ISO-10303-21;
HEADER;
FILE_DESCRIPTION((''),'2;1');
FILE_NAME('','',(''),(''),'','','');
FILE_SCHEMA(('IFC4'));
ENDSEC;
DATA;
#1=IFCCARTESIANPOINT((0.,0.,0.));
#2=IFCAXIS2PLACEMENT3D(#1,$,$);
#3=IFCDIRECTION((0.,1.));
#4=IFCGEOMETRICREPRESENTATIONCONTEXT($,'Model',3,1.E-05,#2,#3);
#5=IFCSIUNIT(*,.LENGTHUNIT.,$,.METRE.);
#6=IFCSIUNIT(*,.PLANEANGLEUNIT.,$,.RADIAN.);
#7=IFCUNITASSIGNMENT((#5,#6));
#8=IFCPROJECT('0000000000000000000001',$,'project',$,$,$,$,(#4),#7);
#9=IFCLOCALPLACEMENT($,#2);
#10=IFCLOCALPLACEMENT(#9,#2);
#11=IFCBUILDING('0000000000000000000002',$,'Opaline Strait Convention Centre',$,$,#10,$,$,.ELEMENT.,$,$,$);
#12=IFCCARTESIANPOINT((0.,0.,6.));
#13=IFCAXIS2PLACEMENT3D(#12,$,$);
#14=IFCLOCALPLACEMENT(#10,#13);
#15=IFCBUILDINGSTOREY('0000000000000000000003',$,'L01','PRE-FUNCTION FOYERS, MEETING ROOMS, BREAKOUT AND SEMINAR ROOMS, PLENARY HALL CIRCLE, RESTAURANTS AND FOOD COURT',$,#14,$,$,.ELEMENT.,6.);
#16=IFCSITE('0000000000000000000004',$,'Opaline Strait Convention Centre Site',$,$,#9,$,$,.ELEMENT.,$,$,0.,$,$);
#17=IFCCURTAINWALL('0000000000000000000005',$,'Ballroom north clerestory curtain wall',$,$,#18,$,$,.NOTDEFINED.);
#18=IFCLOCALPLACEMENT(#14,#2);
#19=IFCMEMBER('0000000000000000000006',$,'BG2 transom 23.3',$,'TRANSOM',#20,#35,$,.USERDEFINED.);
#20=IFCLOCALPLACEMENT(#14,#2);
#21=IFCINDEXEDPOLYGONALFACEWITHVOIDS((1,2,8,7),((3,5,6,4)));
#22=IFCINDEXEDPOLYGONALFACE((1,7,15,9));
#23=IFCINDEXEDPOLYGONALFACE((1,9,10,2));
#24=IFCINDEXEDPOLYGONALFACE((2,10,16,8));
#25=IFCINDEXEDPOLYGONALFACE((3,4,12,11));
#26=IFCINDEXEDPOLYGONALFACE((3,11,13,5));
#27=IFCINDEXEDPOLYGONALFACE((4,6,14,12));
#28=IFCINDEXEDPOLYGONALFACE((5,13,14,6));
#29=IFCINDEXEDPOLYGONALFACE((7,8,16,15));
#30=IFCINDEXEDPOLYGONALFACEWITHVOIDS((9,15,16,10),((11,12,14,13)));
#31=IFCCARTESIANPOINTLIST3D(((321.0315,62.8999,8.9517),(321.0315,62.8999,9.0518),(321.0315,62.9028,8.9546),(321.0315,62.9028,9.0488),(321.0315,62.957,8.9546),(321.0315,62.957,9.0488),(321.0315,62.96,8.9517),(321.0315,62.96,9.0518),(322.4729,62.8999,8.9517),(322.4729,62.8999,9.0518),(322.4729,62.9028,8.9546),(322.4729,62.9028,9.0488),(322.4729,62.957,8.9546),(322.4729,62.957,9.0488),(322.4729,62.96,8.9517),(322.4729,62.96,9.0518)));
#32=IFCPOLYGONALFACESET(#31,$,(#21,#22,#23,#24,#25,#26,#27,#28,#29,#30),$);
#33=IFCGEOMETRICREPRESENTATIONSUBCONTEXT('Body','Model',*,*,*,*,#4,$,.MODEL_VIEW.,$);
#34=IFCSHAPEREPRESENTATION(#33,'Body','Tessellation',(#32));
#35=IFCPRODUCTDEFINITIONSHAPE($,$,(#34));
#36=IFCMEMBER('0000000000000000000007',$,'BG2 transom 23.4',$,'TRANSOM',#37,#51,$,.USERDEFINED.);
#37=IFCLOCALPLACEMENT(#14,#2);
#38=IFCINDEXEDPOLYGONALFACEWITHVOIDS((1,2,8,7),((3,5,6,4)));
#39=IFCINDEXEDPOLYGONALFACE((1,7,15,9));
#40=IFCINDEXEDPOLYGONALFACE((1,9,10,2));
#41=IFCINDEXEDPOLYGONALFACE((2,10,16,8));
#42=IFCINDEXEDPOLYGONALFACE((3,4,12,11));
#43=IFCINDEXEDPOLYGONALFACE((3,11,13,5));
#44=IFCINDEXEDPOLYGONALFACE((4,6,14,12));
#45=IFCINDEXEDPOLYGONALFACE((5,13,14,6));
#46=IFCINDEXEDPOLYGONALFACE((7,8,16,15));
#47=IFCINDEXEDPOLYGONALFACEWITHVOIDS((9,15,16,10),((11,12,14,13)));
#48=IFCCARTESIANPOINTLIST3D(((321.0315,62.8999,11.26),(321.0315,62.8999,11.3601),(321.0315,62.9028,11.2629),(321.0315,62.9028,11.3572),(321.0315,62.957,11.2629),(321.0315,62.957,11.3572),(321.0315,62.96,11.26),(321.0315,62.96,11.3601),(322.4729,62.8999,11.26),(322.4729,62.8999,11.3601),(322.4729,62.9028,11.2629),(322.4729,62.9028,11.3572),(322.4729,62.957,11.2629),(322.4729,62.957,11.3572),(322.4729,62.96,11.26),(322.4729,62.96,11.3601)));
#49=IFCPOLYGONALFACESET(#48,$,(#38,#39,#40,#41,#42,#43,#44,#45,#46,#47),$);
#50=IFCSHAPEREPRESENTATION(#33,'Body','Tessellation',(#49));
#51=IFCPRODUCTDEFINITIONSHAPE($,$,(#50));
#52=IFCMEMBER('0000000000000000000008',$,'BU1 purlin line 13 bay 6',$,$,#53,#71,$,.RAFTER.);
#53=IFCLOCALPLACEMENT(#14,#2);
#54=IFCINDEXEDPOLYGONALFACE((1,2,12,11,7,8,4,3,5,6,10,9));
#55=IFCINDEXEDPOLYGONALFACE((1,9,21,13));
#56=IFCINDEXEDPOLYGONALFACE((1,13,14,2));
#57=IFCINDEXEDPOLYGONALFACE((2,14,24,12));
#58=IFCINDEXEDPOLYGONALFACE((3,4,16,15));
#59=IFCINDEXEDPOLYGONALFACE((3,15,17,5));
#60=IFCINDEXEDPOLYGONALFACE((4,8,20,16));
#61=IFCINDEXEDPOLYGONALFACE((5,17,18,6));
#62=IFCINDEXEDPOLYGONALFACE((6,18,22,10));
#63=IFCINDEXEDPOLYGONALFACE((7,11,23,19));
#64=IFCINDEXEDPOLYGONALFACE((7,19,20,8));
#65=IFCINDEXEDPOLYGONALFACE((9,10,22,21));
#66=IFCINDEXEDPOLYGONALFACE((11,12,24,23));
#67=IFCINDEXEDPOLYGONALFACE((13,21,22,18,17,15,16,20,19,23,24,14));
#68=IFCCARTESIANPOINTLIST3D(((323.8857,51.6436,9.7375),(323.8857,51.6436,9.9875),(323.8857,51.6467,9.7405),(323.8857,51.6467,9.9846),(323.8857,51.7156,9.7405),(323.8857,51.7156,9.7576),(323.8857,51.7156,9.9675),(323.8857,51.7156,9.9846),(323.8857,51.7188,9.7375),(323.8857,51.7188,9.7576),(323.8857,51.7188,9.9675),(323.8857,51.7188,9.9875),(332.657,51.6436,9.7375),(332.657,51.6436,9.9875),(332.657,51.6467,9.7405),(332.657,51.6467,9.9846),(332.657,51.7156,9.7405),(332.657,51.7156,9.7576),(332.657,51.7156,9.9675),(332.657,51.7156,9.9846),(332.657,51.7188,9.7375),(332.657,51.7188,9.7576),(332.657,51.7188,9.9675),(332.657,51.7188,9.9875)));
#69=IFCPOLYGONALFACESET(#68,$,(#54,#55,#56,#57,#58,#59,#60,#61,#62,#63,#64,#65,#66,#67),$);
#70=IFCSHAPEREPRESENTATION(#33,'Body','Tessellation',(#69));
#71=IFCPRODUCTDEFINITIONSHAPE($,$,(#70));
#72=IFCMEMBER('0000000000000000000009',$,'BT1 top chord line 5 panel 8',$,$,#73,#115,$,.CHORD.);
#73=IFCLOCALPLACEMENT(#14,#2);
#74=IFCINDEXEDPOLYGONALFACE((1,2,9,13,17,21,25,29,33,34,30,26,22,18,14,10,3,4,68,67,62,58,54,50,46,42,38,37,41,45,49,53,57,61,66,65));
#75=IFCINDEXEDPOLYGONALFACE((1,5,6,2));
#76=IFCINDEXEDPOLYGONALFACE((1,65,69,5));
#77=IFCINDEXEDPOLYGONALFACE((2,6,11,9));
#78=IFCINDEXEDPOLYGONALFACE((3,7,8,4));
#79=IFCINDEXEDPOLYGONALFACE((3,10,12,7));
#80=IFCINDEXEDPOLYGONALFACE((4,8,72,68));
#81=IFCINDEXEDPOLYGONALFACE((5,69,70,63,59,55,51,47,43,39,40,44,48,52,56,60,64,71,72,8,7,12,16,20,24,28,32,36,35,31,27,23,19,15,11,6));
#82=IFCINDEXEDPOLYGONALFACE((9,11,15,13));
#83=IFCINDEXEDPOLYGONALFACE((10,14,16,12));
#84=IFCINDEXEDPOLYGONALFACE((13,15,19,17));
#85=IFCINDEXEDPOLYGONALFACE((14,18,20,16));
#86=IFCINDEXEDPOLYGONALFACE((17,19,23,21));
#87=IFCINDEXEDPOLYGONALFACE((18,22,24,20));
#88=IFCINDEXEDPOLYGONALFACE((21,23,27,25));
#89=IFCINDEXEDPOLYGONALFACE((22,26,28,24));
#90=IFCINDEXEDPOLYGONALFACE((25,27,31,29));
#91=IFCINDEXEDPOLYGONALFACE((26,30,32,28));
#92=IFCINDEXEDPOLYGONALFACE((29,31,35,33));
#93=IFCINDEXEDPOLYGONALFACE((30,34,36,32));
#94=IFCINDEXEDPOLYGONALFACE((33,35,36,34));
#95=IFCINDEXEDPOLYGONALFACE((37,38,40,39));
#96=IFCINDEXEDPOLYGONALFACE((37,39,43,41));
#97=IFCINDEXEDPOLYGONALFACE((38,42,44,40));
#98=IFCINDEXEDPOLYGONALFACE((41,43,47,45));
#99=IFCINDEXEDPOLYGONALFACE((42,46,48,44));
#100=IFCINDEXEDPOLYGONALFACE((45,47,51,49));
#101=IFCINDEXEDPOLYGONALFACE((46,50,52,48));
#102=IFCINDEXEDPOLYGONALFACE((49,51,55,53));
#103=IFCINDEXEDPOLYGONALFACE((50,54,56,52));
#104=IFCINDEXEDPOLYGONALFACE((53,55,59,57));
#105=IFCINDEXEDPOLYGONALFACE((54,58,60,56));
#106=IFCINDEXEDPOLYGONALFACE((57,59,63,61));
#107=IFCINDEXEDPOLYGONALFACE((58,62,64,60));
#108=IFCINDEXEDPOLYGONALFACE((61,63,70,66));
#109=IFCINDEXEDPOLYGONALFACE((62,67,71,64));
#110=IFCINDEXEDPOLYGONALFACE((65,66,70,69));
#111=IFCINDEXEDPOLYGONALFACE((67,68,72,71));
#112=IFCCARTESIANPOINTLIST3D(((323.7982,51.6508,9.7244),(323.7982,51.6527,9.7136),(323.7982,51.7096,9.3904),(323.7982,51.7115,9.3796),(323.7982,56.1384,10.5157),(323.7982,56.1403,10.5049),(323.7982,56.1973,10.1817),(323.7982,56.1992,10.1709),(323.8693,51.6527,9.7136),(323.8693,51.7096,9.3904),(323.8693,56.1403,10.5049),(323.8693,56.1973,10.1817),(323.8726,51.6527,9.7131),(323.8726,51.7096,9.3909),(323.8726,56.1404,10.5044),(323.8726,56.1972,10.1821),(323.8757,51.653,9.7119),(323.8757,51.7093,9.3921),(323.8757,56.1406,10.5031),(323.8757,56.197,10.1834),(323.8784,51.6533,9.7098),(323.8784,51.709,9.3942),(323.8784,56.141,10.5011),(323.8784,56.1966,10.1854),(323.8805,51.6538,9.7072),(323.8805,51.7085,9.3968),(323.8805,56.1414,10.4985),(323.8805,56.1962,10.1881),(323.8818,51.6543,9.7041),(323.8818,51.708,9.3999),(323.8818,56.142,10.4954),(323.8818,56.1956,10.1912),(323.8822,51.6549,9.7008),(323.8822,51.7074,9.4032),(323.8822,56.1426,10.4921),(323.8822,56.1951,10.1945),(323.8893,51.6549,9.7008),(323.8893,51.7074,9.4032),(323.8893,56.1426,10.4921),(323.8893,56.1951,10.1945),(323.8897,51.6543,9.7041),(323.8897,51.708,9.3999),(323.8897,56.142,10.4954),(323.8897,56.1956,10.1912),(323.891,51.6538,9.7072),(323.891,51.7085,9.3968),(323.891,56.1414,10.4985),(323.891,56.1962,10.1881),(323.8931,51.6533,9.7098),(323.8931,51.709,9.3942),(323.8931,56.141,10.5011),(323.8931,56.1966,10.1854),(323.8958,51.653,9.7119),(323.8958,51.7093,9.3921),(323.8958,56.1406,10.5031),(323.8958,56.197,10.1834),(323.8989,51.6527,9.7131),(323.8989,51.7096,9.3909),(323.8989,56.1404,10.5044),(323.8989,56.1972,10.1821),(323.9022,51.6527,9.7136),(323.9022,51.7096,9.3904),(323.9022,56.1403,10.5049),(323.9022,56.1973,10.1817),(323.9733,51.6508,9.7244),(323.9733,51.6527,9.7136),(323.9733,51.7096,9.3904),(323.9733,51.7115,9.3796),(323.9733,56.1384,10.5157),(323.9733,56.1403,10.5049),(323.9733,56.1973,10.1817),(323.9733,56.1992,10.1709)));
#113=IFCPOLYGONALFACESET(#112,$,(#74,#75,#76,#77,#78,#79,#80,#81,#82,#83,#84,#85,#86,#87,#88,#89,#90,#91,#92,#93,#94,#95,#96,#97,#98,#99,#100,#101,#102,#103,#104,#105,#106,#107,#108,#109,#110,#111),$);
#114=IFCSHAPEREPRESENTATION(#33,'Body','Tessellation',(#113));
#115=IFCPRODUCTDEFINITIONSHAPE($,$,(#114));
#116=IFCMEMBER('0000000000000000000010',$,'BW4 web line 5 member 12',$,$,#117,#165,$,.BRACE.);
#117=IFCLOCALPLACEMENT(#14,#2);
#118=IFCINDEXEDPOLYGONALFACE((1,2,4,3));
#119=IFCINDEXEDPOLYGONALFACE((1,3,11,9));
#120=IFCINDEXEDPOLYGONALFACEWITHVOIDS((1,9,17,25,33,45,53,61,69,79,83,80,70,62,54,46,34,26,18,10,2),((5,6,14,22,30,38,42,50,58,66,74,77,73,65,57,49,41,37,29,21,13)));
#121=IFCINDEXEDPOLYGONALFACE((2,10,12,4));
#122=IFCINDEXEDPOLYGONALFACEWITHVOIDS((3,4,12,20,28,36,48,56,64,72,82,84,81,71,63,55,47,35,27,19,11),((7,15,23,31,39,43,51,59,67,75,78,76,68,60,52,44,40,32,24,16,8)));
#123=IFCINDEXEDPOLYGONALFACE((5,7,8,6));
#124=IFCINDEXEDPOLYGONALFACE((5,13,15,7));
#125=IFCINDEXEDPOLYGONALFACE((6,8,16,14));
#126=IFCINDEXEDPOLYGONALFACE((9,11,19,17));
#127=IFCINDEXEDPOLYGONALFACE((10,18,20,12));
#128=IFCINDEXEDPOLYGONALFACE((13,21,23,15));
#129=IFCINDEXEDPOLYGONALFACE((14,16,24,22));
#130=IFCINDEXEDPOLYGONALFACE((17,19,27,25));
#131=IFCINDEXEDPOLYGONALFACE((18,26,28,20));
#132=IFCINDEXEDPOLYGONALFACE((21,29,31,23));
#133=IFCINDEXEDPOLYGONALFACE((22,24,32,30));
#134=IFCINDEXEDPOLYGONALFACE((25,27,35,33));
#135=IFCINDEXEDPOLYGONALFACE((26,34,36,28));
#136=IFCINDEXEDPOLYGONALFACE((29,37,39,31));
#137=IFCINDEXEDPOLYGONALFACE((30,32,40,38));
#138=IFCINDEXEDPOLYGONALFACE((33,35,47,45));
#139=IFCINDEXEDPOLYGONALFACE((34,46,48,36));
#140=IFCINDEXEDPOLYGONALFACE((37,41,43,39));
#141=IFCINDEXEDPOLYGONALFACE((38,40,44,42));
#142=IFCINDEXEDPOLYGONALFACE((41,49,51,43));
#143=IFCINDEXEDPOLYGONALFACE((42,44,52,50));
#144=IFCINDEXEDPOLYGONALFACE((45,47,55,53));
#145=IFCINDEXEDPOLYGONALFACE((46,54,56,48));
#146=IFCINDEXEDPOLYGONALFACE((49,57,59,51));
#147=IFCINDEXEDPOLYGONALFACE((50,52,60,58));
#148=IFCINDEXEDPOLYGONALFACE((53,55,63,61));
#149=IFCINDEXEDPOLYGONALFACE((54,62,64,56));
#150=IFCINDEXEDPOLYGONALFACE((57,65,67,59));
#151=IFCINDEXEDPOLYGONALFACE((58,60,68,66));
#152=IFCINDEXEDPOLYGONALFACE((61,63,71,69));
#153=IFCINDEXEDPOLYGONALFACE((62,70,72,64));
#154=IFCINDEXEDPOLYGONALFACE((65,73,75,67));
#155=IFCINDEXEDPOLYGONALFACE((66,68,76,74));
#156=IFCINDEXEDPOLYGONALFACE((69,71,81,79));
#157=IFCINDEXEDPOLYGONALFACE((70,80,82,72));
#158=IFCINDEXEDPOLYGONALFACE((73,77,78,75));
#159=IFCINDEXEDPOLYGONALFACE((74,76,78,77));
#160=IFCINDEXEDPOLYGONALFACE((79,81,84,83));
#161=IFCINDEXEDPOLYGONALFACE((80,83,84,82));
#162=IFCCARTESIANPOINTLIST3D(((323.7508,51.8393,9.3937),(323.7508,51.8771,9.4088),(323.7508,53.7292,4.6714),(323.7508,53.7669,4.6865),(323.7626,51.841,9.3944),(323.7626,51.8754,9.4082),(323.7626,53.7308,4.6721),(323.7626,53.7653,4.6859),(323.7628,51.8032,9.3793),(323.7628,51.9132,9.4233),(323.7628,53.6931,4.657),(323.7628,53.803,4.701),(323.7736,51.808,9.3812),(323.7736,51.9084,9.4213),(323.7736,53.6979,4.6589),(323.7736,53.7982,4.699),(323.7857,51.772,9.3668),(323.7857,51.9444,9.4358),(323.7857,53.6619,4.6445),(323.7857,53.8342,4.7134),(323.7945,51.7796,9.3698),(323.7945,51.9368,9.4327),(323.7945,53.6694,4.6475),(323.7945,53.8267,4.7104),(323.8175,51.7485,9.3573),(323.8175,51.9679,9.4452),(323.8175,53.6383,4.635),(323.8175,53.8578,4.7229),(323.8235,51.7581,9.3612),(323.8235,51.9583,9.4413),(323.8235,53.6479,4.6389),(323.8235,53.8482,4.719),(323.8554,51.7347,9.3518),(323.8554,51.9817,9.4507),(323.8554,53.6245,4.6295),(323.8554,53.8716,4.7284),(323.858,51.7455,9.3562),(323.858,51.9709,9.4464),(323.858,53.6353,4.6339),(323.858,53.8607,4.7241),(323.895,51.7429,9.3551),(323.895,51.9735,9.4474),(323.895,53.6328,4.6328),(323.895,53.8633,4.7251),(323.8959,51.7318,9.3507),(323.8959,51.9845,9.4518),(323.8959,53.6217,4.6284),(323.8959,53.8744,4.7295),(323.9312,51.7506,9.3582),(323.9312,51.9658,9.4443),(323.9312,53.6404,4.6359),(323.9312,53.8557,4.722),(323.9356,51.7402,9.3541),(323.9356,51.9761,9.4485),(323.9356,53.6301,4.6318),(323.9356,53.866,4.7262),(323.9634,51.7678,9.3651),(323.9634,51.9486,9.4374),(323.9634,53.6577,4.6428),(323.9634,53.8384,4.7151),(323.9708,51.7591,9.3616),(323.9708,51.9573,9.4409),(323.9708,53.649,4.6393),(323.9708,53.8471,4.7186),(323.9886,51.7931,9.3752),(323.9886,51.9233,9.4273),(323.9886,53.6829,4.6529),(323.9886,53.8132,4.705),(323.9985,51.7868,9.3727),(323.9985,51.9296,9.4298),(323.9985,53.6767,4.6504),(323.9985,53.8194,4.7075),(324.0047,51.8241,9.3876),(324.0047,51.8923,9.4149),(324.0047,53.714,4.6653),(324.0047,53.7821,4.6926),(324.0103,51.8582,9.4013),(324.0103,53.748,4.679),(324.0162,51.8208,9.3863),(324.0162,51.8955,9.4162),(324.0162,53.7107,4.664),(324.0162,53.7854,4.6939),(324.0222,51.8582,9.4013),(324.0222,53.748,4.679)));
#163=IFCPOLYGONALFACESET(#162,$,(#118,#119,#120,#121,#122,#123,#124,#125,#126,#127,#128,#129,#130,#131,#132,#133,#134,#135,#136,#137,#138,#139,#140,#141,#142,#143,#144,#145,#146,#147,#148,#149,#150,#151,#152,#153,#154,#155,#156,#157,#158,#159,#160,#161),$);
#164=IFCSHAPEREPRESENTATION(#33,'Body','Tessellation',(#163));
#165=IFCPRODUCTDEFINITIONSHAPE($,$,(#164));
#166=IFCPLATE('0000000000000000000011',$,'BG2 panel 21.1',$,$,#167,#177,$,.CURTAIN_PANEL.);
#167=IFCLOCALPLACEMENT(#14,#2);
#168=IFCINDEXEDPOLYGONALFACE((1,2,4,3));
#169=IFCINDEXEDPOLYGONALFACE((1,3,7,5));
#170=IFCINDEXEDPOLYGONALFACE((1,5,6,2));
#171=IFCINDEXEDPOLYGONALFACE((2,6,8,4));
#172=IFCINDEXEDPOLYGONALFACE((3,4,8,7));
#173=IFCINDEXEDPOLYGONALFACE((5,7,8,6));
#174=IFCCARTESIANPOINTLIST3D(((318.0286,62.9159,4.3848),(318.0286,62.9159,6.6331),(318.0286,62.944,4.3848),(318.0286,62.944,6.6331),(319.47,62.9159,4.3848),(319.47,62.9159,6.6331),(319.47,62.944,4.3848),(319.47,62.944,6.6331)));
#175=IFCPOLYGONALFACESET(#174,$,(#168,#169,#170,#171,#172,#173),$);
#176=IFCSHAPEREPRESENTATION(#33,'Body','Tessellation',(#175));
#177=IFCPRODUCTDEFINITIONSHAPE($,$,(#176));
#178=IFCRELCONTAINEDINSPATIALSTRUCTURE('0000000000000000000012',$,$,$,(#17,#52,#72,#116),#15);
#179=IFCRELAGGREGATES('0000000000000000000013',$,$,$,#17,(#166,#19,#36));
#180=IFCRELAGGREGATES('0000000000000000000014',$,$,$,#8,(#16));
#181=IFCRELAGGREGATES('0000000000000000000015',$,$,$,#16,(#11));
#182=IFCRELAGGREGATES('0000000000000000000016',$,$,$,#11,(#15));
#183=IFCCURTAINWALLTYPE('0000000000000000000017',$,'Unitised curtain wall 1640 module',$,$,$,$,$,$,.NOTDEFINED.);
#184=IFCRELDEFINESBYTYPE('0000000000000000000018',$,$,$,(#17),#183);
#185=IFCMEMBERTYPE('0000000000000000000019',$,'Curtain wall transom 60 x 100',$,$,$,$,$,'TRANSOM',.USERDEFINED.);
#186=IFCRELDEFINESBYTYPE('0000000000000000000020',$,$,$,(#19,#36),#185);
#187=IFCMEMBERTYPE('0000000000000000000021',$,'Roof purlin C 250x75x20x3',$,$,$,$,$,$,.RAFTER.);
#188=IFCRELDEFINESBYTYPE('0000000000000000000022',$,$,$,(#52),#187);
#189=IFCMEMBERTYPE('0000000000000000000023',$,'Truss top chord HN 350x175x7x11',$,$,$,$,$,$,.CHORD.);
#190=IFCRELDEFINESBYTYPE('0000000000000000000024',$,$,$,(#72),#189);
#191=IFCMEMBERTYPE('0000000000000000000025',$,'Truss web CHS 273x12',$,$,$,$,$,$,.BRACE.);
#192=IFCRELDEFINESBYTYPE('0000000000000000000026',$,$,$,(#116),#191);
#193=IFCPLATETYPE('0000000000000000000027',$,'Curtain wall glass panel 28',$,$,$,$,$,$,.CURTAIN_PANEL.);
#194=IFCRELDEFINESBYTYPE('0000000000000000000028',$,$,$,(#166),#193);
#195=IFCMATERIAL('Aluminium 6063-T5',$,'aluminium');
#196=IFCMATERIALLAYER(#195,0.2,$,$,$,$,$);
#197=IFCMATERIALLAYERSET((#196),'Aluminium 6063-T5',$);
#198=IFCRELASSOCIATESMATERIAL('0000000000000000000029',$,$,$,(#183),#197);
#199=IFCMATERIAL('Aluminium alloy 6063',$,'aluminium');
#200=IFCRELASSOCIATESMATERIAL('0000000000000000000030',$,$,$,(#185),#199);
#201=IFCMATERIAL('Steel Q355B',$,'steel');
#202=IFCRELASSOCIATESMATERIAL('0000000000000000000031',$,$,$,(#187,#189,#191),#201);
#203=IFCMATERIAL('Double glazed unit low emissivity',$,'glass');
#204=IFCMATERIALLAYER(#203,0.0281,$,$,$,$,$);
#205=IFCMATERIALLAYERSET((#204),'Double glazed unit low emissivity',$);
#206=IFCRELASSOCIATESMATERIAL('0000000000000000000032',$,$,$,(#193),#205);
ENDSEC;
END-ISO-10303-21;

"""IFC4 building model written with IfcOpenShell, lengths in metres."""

from ifc_helpers import new_model, si_unit, direction, frame, origin, origin_2d, place, context, subcontext, project, spatial, polyline, rectangle, hollow_rectangle, hollow_circle, i_section, outline, extrude, material, layer, layer_set, material_profile, profile_set, type_object, element, aggregate, save


model = new_model("IFC4")

# Units and contexts
model_context = context("Model", 3, precision=1e-05, world=origin(), true_north=direction((0.0, 1.0)))
body_context = subcontext(model_context, "Body", "Model", "MODEL_VIEW")
ifc_project = project(units=[si_unit("LENGTHUNIT", "METRE"), si_unit("PLANEANGLEUNIT", "RADIAN")], contexts=[model_context])

# Site, building, storey
site_placement = place(None, origin())
site = spatial("IfcSite", under=ifc_project, at=site_placement, Name="Opaline Strait Convention Centre Site", CompositionType="ELEMENT", RefElevation=0.0)
building_placement = place(site_placement, origin())
building = spatial("IfcBuilding", under=site, at=building_placement, Name="Opaline Strait Convention Centre", CompositionType="ELEMENT")
storey_placement = place(building_placement, frame((0.0, 0.0, 6.0)))
storey = spatial("IfcBuildingStorey", under=building, at=storey_placement, Name="L01", Description="PRE-FUNCTION FOYERS, MEETING ROOMS, BREAKOUT AND SEMINAR ROOMS, PLENARY HALL CIRCLE, RESTAURANTS AND FOOD COURT", CompositionType="ELEMENT", Elevation=6.0)

# Curtain wall, members
ifc_material_1 = material(Name="Aluminium 6063-T5", Category="aluminium")
ifc_layer_1 = layer(ifc_material_1, 0.2)
ifc_layer_set_1 = layer_set([ifc_layer_1], Name="Aluminium 6063-T5")
curtain_wall_type = type_object("IfcCurtainWallType", Name="Unitised curtain wall 1640 module", PredefinedType="NOTDEFINED", material=ifc_layer_set_1)
curtain_wall_placement = place(storey_placement, origin())
curtain_wall = element("IfcCurtainWall", 1, at=curtain_wall_placement, inside=storey, type_object=curtain_wall_type, Name="Ballroom north clerestory curtain wall", PredefinedType="NOTDEFINED")
ifc_material_2 = material(Name="Aluminium alloy 6063", Category="aluminium")
ifc_material_profile_1 = material_profile(ifc_material_2, hollow_rectangle(XDim=0.0601, YDim=0.1001, WallThickness=0.0029, at=origin_2d()), Name="TRANSOM 60x100x3")
ifc_profile_set_1 = profile_set([ifc_material_profile_1], Name="Aluminium alloy 6063")
member_type_1 = type_object("IfcMemberType", Name="Curtain wall transom 60 x 100", ElementType="TRANSOM", PredefinedType="USERDEFINED", material=ifc_profile_set_1)
member_1_placement = place(storey_placement, frame((321.0315, 62.9299, 9.0017), z_axis=(1.0, 0.0, 0.0), x_axis=(0.0, 1.0, 0.0)))
member_1 = element("IfcMember", 2, at=member_1_placement, type_object=member_type_1, Name="BG2 transom 23.3", ObjectType="TRANSOM", PredefinedType="USERDEFINED", context=body_context, shape_type="SweptSolid", body=[
    extrude(hollow_rectangle(XDim=0.0601, YDim=0.1001, WallThickness=0.0029, at=origin_2d()), origin(), (0.0, 0.0, 1.0), 1.4414),
])
member_2_placement = place(storey_placement, frame((321.0315, 62.9299, 11.3101), z_axis=(1.0, 0.0, 0.0), x_axis=(0.0, 1.0, 0.0)))
member_2 = element("IfcMember", 3, at=member_2_placement, type_object=member_type_1, Name="BG2 transom 23.4", ObjectType="TRANSOM", PredefinedType="USERDEFINED", context=body_context, shape_type="SweptSolid", body=[
    extrude(hollow_rectangle(XDim=0.0601, YDim=0.1001, WallThickness=0.0029, at=origin_2d()), origin(), (0.0, 0.0, 1.0), 1.4414),
])

# Members
ifc_material_3 = material(Name="Steel Q355B", Category="steel")
ifc_material_profile_2 = material_profile(ifc_material_3, outline(polyline([(-0.0376, -0.125), (0.0376, -0.125), (0.0376, -0.105), (0.0344, -0.105), (0.0344, -0.1221), (-0.0344, -0.1221), (-0.0344, 0.1221), (0.0344, 0.1221), (0.0344, 0.105), (0.0376, 0.105), (0.0376, 0.125), (-0.0376, 0.125), (-0.0376, -0.125)])), Name="C 250x75x20x3")
ifc_profile_set_2 = profile_set([ifc_material_profile_2], Name="Steel Q355B")
member_type_2 = type_object("IfcMemberType", Name="Roof purlin C 250x75x20x3", PredefinedType="RAFTER", material=ifc_profile_set_2)
member_3_placement = place(storey_placement, frame((323.8857, 51.6812, 9.8625), z_axis=(1.0, 0.0, 0.0), x_axis=(0.0, 1.0, 0.0)))
element("IfcMember", 4, at=member_3_placement, inside=storey, type_object=member_type_2, Name="BU1 purlin line 13 bay 6", PredefinedType="RAFTER", context=body_context, shape_type="SweptSolid", body=[
    extrude(outline(polyline([(-0.0376, -0.125), (0.0376, -0.125), (0.0376, -0.105), (0.0344, -0.105), (0.0344, -0.1221), (-0.0344, -0.1221), (-0.0344, 0.1221), (0.0344, 0.1221), (0.0344, 0.105), (0.0376, 0.105), (0.0376, 0.125), (-0.0376, 0.125), (-0.0376, -0.125)])), origin(), (0.0, 0.0, 1.0), 8.7712),
])
ifc_material_profile_3 = material_profile(ifc_material_3, i_section(OverallWidth=0.175, OverallDepth=0.3501, WebThickness=0.0071, FlangeThickness=0.011, FilletRadius=0.0129, at=origin_2d()), Name="HN 350x175x7x11")
ifc_profile_set_3 = profile_set([ifc_material_profile_3], Name="Steel Q355B")
member_type_3 = type_object("IfcMemberType", Name="Truss top chord HN 350x175x7x11", PredefinedType="CHORD", material=ifc_profile_set_3)
member_4_placement = place(storey_placement, frame((323.8857, 51.6812, 9.552), z_axis=(0.0, 0.984808, 0.173645), x_axis=(-1.0, 0.0, 0.0)))
element("IfcMember", 5, at=member_4_placement, inside=storey, type_object=member_type_3, Name="BT1 top chord line 5 panel 8", PredefinedType="CHORD", context=body_context, shape_type="SweptSolid", body=[
    extrude(i_section(OverallWidth=0.175, OverallDepth=0.3501, WebThickness=0.0071, FlangeThickness=0.011, FilletRadius=0.0129, at=origin_2d()), origin(), (0.0, 0.0, 1.0), 4.5569),
])
ifc_material_profile_4 = material_profile(ifc_material_3, hollow_circle(Radius=0.1365, WallThickness=0.012, at=origin_2d()), Name="CHS 273x12")
ifc_profile_set_4 = profile_set([ifc_material_profile_4], Name="Steel Q355B")
member_type_4 = type_object("IfcMemberType", Name="Truss web CHS 273x12", PredefinedType="BRACE", material=ifc_profile_set_4)
member_5_placement = place(storey_placement, frame((323.8857, 53.748, 4.679), z_axis=(0.0, -0.371548, 0.928414), x_axis=(1.0, 0.0, 0.0)))
element("IfcMember", 6, at=member_5_placement, inside=storey, type_object=member_type_4, Name="BW4 web line 5 member 12", PredefinedType="BRACE", context=body_context, shape_type="SweptSolid", body=[
    extrude(hollow_circle(Radius=0.1365, WallThickness=0.012, at=origin_2d()), origin(), (0.0, 0.0, 1.0), 5.0864),
])

# Plate
ifc_material_4 = material(Name="Double glazed unit low emissivity", Category="glass")
ifc_layer_2 = layer(ifc_material_4, 0.0281)
ifc_layer_set_2 = layer_set([ifc_layer_2], Name="Double glazed unit low emissivity")
plate_type = type_object("IfcPlateType", Name="Curtain wall glass panel 28", PredefinedType="CURTAIN_PANEL", material=ifc_layer_set_2)
plate_1_placement = place(storey_placement, frame((318.7493, 62.9299, 4.3848), z_axis=(0.0, 0.0, 1.0), x_axis=(1.0, 0.0, 0.0)))
plate_1 = element("IfcPlate", 7, at=plate_1_placement, type_object=plate_type, Name="BG2 panel 21.1", PredefinedType="CURTAIN_PANEL", context=body_context, shape_type="SweptSolid", body=[
    extrude(rectangle(XDim=1.4414, YDim=0.0281, at=origin_2d()), origin(), (0.0, 0.0, 1.0), 2.2483),
])
aggregate(curtain_wall, [plate_1, member_1, member_2])

save(model, "model.ifc")
